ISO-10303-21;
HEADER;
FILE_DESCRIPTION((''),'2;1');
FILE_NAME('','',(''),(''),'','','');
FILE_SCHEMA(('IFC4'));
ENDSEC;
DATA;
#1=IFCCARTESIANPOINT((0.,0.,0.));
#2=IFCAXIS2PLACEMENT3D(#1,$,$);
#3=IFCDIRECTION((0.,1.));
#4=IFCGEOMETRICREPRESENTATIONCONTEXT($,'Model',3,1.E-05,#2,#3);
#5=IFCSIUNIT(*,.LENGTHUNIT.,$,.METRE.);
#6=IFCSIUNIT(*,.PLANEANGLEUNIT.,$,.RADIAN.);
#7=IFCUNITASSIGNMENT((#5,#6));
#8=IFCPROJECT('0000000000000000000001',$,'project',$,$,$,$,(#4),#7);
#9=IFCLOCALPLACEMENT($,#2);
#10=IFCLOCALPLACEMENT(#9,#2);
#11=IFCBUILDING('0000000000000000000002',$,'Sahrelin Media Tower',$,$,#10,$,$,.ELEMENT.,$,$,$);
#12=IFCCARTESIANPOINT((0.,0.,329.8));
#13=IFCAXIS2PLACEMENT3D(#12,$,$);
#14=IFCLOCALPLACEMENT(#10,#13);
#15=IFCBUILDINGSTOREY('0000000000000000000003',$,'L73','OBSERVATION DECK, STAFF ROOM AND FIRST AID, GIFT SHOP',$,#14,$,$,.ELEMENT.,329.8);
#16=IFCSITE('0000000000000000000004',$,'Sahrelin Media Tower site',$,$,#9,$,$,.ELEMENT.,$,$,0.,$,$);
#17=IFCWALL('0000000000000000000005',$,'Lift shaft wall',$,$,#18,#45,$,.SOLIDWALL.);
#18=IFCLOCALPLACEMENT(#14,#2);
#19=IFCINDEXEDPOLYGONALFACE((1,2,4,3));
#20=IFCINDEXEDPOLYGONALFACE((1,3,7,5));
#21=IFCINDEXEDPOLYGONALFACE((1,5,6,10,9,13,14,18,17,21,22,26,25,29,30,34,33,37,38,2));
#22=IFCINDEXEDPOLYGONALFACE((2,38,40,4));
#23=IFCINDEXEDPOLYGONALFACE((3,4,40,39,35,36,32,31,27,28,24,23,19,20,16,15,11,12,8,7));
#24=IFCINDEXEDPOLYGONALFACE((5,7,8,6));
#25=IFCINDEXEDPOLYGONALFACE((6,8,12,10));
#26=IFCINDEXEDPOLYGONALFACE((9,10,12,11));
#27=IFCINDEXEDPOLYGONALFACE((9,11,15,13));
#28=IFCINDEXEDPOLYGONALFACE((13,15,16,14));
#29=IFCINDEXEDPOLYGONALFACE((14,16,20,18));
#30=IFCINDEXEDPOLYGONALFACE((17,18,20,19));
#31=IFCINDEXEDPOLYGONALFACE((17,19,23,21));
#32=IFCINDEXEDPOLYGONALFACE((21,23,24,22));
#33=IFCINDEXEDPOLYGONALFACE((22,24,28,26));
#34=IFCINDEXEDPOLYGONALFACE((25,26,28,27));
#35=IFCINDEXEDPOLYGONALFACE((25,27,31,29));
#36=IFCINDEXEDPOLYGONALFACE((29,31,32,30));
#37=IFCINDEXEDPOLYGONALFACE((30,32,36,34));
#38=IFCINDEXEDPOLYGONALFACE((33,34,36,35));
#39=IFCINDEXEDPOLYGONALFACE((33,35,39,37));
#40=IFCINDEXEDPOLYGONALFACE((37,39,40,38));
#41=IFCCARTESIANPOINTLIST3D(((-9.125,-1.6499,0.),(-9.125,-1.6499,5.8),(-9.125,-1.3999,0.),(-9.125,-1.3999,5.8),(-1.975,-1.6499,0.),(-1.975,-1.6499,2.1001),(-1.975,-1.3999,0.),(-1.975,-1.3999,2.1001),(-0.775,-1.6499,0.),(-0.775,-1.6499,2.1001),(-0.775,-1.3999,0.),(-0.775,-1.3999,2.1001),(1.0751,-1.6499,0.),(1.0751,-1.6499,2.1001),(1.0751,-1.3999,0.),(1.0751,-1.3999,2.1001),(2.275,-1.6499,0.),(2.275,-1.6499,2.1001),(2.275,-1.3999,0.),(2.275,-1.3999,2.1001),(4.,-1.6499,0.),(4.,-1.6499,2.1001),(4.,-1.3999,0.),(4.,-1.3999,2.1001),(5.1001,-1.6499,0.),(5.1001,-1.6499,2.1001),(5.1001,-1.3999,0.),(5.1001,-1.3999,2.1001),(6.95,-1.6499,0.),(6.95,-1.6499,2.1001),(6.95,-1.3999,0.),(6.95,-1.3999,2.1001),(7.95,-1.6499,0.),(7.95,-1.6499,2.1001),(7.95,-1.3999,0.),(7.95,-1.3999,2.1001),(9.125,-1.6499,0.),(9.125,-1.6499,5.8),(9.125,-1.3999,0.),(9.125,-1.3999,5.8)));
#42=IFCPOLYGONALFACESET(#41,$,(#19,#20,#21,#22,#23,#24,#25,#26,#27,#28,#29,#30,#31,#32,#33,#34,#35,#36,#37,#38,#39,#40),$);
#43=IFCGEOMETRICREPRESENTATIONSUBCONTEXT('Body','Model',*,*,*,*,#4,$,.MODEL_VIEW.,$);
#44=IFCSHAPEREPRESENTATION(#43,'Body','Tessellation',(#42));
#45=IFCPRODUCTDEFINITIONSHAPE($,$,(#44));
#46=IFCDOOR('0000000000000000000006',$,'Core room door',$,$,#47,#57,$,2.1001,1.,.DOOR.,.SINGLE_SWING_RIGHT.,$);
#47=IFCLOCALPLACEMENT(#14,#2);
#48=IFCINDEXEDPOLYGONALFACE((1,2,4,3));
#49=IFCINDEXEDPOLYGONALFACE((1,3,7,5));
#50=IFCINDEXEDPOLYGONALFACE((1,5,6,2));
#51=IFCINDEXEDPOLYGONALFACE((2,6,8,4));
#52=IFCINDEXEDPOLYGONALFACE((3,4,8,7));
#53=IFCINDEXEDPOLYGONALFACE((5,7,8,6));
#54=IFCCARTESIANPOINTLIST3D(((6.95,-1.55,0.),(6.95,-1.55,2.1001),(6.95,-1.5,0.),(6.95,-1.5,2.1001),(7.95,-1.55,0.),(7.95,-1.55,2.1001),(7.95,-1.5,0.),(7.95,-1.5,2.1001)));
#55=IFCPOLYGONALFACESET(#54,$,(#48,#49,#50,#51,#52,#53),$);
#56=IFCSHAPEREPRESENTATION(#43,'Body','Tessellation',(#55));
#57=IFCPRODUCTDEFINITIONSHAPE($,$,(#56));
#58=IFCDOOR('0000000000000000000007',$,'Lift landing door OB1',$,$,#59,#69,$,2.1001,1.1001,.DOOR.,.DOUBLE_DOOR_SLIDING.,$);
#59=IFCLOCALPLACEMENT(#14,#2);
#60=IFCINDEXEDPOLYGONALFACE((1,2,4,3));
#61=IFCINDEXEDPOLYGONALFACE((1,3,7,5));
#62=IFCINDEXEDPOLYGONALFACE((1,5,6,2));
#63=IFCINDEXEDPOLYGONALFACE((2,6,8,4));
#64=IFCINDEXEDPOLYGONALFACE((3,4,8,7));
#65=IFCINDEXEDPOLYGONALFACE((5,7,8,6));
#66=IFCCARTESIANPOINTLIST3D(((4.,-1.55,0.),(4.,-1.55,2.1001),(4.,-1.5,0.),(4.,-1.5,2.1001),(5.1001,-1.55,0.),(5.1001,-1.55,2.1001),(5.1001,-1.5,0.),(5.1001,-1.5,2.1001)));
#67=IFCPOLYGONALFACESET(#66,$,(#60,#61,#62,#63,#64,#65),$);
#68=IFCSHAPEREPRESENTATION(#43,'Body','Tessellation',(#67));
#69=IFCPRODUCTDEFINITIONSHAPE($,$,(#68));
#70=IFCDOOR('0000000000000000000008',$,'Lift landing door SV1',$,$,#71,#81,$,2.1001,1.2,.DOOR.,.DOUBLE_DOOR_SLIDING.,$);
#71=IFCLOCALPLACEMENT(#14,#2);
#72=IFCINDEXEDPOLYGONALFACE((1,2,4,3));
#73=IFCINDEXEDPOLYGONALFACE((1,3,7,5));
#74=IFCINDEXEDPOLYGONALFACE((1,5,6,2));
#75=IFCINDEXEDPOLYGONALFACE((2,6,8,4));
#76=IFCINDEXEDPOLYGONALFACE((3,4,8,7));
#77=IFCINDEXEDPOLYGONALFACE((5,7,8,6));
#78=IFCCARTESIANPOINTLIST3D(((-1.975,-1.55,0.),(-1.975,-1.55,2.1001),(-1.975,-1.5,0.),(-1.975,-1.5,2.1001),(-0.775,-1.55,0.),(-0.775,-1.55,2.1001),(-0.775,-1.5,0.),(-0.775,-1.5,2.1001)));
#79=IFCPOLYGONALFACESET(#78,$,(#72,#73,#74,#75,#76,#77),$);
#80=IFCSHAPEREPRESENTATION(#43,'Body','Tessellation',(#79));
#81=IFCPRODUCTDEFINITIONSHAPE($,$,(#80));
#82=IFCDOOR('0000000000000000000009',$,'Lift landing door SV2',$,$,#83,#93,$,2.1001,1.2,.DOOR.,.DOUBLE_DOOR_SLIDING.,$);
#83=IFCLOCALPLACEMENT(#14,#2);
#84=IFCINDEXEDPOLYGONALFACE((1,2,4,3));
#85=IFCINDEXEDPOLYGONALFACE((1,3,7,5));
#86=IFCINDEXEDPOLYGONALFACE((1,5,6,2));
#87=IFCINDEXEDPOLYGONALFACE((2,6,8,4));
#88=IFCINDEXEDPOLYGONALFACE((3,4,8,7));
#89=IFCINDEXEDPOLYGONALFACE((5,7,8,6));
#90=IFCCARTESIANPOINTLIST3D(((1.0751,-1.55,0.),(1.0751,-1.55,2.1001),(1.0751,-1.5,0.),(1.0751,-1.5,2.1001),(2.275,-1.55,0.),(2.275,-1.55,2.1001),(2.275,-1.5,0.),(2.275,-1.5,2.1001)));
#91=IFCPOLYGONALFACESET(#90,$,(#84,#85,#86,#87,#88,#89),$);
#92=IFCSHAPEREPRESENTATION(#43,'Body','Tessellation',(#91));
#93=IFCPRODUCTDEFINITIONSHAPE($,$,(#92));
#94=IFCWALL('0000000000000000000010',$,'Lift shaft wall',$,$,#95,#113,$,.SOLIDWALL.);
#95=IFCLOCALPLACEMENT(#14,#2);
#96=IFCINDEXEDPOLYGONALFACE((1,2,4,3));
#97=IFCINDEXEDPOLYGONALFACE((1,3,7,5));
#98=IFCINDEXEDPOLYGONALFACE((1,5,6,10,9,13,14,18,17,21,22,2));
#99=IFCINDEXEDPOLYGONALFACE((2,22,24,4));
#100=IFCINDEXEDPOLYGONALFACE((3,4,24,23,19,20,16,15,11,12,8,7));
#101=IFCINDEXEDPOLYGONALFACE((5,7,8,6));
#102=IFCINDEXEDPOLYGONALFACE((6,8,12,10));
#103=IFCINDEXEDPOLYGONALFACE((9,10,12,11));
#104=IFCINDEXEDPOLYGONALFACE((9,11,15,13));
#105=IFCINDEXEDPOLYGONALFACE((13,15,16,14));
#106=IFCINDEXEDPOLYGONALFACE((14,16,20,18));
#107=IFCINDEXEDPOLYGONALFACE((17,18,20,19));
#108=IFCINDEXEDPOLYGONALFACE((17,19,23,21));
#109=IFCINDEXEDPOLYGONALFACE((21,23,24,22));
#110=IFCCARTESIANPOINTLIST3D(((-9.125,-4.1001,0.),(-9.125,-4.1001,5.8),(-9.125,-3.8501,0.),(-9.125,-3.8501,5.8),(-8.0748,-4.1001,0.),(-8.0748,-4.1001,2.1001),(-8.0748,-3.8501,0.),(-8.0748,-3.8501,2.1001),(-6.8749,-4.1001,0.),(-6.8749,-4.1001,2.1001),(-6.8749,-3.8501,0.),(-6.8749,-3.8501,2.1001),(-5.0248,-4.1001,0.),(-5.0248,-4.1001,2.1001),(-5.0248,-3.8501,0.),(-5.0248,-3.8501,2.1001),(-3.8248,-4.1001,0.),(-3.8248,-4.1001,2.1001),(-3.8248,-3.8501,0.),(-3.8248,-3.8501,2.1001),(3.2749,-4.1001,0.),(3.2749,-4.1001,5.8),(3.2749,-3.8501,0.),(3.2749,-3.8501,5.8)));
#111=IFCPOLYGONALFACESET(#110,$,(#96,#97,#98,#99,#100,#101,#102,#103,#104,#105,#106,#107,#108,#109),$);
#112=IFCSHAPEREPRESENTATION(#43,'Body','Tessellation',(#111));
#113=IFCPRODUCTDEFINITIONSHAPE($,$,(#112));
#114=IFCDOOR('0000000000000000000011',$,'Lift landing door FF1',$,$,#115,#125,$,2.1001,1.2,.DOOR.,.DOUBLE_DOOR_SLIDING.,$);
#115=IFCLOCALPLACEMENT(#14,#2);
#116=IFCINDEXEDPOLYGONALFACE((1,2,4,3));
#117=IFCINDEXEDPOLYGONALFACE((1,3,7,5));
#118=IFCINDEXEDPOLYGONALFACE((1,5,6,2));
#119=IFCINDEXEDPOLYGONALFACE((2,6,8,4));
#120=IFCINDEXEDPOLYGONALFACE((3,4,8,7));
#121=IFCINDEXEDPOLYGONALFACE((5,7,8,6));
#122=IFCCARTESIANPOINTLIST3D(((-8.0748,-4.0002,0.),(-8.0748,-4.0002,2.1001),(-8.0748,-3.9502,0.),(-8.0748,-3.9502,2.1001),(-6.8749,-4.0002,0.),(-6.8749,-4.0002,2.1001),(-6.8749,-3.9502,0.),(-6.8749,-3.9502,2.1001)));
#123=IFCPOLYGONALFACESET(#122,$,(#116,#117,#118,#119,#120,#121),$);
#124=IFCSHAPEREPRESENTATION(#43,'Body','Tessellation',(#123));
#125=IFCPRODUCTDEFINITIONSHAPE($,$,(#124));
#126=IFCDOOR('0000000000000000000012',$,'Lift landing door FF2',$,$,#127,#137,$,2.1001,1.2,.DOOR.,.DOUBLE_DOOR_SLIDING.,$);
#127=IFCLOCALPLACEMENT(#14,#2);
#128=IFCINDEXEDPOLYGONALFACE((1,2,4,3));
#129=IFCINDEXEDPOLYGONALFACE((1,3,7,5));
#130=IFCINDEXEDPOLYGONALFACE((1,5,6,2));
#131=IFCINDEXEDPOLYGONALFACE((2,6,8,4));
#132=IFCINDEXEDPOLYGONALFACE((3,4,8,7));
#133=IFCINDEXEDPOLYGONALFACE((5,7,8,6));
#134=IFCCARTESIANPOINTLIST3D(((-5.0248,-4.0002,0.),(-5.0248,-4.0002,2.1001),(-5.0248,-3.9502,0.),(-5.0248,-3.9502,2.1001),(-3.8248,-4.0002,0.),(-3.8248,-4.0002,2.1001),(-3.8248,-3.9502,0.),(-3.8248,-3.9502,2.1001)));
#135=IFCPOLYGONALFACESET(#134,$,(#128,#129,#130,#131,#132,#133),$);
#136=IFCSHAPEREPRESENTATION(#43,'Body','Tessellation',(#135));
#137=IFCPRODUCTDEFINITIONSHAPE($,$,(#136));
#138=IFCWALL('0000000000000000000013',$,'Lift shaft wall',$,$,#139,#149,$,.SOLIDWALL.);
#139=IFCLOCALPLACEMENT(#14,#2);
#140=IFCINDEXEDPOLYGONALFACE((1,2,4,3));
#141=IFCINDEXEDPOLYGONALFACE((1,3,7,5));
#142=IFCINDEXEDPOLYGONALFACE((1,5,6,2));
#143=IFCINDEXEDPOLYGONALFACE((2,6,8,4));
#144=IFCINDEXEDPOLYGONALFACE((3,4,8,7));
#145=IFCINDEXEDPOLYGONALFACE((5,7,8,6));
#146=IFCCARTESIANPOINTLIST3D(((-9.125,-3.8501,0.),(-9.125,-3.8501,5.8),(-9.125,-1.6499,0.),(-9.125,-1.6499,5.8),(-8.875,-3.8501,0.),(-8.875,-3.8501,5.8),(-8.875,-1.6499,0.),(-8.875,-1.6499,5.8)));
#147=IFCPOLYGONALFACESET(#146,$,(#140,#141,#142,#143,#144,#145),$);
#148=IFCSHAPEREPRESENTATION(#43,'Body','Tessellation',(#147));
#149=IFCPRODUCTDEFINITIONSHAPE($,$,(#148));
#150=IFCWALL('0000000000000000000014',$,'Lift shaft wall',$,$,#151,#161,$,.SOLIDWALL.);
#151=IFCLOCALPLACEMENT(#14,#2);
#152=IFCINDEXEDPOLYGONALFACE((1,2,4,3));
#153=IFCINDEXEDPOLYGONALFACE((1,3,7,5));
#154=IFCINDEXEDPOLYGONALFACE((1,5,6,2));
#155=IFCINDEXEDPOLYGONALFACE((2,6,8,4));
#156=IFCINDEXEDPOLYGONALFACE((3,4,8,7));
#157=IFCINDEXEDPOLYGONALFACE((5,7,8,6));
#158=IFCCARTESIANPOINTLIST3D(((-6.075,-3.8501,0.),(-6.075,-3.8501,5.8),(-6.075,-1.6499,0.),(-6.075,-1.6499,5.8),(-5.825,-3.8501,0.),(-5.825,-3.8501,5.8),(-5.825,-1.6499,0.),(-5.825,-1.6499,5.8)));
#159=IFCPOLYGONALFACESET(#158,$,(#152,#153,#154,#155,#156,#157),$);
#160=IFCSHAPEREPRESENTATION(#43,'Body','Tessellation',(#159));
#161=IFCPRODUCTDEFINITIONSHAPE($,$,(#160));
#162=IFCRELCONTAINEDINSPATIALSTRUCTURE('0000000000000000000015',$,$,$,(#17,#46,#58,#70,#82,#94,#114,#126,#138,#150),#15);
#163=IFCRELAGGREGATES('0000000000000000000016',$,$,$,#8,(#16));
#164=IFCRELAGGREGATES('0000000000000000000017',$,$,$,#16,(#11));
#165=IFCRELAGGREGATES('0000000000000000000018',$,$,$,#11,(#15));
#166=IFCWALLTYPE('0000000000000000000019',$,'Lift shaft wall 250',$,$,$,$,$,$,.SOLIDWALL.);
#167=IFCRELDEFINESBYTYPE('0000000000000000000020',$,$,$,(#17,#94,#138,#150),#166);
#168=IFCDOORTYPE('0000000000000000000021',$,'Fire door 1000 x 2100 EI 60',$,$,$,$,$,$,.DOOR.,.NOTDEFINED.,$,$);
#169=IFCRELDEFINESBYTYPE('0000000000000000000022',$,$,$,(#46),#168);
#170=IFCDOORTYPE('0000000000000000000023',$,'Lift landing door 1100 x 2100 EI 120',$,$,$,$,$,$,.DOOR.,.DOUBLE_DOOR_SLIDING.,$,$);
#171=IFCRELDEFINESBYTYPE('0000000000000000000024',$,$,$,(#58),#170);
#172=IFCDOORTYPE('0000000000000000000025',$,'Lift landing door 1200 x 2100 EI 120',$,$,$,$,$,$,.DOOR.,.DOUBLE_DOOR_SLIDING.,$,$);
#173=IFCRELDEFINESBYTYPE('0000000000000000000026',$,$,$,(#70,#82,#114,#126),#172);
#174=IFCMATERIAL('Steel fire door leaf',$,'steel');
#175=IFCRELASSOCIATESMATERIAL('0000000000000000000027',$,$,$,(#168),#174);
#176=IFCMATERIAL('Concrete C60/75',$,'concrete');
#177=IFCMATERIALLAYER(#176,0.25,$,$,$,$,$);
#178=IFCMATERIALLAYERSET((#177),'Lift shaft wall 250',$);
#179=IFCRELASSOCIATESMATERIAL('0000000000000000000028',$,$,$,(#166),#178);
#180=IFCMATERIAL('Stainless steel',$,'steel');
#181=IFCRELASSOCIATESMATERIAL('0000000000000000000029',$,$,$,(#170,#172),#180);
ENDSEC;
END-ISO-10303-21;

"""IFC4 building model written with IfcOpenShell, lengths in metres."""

from ifc_helpers import new_model, si_unit, direction, frame, frame_2d, origin, place, context, subcontext, project, spatial, rectangle, extrude, material, layer, layer_set, type_object, element, fill, save


model = new_model("IFC4")

# Units and contexts
model_context = context("Model", 3, precision=1e-05, world=origin(), true_north=direction((0.0, 1.0)))
body_context = subcontext(model_context, "Body", "Model", "MODEL_VIEW")
ifc_project = project(units=[si_unit("LENGTHUNIT", "METRE"), si_unit("PLANEANGLEUNIT", "RADIAN")], contexts=[model_context])

# Site, building, storey
site_placement = place(None, origin())
site = spatial("IfcSite", under=ifc_project, at=site_placement, Name="Sahrelin Media Tower site", CompositionType="ELEMENT", RefElevation=0.0)
building_placement = place(site_placement, origin())
building = spatial("IfcBuilding", under=site, at=building_placement, Name="Sahrelin Media Tower", CompositionType="ELEMENT")
storey_placement = place(building_placement, frame((0.0, 0.0, 329.8)))
storey = spatial("IfcBuildingStorey", under=building, at=storey_placement, Name="L73", Description="OBSERVATION DECK, STAFF ROOM AND FIRST AID, GIFT SHOP", CompositionType="ELEMENT", Elevation=329.8)

# Shared definitions
ifc_material_1 = material(Name="Concrete C60/75", Category="concrete")

# Shared definitions
ifc_material_2 = material(Name="Steel fire door leaf", Category="steel")
door_type_1 = type_object("IfcDoorType", Name="Fire door 1000 x 2100 EI 60", OperationType="NOTDEFINED", PredefinedType="DOOR", material=ifc_material_2)

# Walls, openings, doors
ifc_layer_1 = layer(ifc_material_1, 0.25)
ifc_layer_set_1 = layer_set([ifc_layer_1], Name="Lift shaft wall 250")
wall_type_1 = type_object("IfcWallType", Name="Lift shaft wall 250", PredefinedType="SOLIDWALL", material=ifc_layer_set_1)
wall_1_placement = place(storey_placement, frame((-9.125, -1.5249, 0.0), z_axis=(0.0, 0.0, 1.0), x_axis=(1.0, 0.0, 0.0)))
wall_1 = element("IfcWall", 1, at=wall_1_placement, inside=storey, type_object=wall_type_1, Name="Lift shaft wall", PredefinedType="SOLIDWALL", context=body_context, shape_type="SweptSolid", body=[
    extrude(rectangle(XDim=18.25, YDim=0.25, at=frame_2d((9.125, 0.0))), origin(), (0.0, 0.0, 1.0), 5.8),
])
opening_1_placement = place(wall_1_placement, frame((7.1499, 0.0, 0.0)))
opening_1 = element("IfcOpeningElement", 2, at=opening_1_placement, cuts=wall_1, PredefinedType="OPENING", context=body_context, shape_type="SweptSolid", body=[
    extrude(rectangle(XDim=1.2, YDim=2.1001, at=frame_2d((0.6001, 1.05))), frame((0.0, 0.125, 0.0), z_axis=(0.0, -1.0, 0.0), x_axis=(1.0, 0.0, 0.0)), (0.0, 0.0, 1.0), 0.25),
])
opening_2_placement = place(wall_1_placement, frame((10.2, 0.0, 0.0)))
opening_2 = element("IfcOpeningElement", 3, at=opening_2_placement, cuts=wall_1, PredefinedType="OPENING", context=body_context, shape_type="SweptSolid", body=[
    extrude(rectangle(XDim=1.2, YDim=2.1001, at=frame_2d((0.6001, 1.05))), frame((0.0, 0.125, 0.0), z_axis=(0.0, -1.0, 0.0), x_axis=(1.0, 0.0, 0.0)), (0.0, 0.0, 1.0), 0.25),
])
opening_3_placement = place(wall_1_placement, frame((13.125, 0.0, 0.0)))
opening_3 = element("IfcOpeningElement", 4, at=opening_3_placement, cuts=wall_1, PredefinedType="OPENING", context=body_context, shape_type="SweptSolid", body=[
    extrude(rectangle(XDim=1.1001, YDim=2.1001, at=frame_2d((0.55, 1.05))), frame((0.0, 0.125, 0.0), z_axis=(0.0, -1.0, 0.0), x_axis=(1.0, 0.0, 0.0)), (0.0, 0.0, 1.0), 0.25),
])
opening_4_placement = place(wall_1_placement, frame((16.075, 0.0, 0.0)))
opening_4 = element("IfcOpeningElement", 5, at=opening_4_placement, cuts=wall_1, PredefinedType="OPENING", context=body_context, shape_type="SweptSolid", body=[
    extrude(rectangle(XDim=1.0, YDim=2.1001, at=frame_2d((0.5, 1.05))), frame((0.0, 0.125, 0.0), z_axis=(0.0, -1.0, 0.0), x_axis=(1.0, 0.0, 0.0)), (0.0, 0.0, 1.0), 0.25),
])
door_1_placement = place(opening_4_placement, origin())
door_1 = element("IfcDoor", 6, at=door_1_placement, inside=storey, type_object=door_type_1, Name="Core room door", OperationType="SINGLE_SWING_RIGHT", OverallHeight=2.1001, OverallWidth=1.0, PredefinedType="DOOR", context=body_context, shape_type="SweptSolid", body=[
    extrude(rectangle(XDim=1.0, YDim=2.1001, at=frame_2d((0.5, 1.05))), frame((0.0, 0.0249, 0.0), z_axis=(0.0, -1.0, 0.0), x_axis=(1.0, 0.0, 0.0)), (0.0, 0.0, 1.0), 0.05),
])
fill(opening_4, door_1)
ifc_material_3 = material(Name="Stainless steel", Category="steel")
door_type_2 = type_object("IfcDoorType", Name="Lift landing door 1100 x 2100 EI 120", OperationType="DOUBLE_DOOR_SLIDING", PredefinedType="DOOR", material=ifc_material_3)
door_2_placement = place(opening_3_placement, origin())
door_2 = element("IfcDoor", 7, at=door_2_placement, inside=storey, type_object=door_type_2, Name="Lift landing door OB1", OperationType="DOUBLE_DOOR_SLIDING", OverallHeight=2.1001, OverallWidth=1.1001, PredefinedType="DOOR", context=body_context, shape_type="SweptSolid", body=[
    extrude(rectangle(XDim=1.1001, YDim=2.1001, at=frame_2d((0.55, 1.05))), frame((0.0, 0.0249, 0.0), z_axis=(0.0, -1.0, 0.0), x_axis=(1.0, 0.0, 0.0)), (0.0, 0.0, 1.0), 0.05),
])
fill(opening_3, door_2)
door_type_3 = type_object("IfcDoorType", Name="Lift landing door 1200 x 2100 EI 120", OperationType="DOUBLE_DOOR_SLIDING", PredefinedType="DOOR", material=ifc_material_3)
door_3_placement = place(opening_1_placement, origin())
door_3 = element("IfcDoor", 8, at=door_3_placement, inside=storey, type_object=door_type_3, Name="Lift landing door SV1", OperationType="DOUBLE_DOOR_SLIDING", OverallHeight=2.1001, OverallWidth=1.2, PredefinedType="DOOR", context=body_context, shape_type="SweptSolid", body=[
    extrude(rectangle(XDim=1.2, YDim=2.1001, at=frame_2d((0.6001, 1.05))), frame((0.0, 0.0249, 0.0), z_axis=(0.0, -1.0, 0.0), x_axis=(1.0, 0.0, 0.0)), (0.0, 0.0, 1.0), 0.05),
])
fill(opening_1, door_3)
door_4_placement = place(opening_2_placement, origin())
door_4 = element("IfcDoor", 9, at=door_4_placement, inside=storey, type_object=door_type_3, Name="Lift landing door SV2", OperationType="DOUBLE_DOOR_SLIDING", OverallHeight=2.1001, OverallWidth=1.2, PredefinedType="DOOR", context=body_context, shape_type="SweptSolid", body=[
    extrude(rectangle(XDim=1.2, YDim=2.1001, at=frame_2d((0.6001, 1.05))), frame((0.0, 0.0249, 0.0), z_axis=(0.0, -1.0, 0.0), x_axis=(1.0, 0.0, 0.0)), (0.0, 0.0, 1.0), 0.05),
])
fill(opening_2, door_4)
wall_2_placement = place(storey_placement, frame((-9.125, -3.9751, 0.0), z_axis=(0.0, 0.0, 1.0), x_axis=(1.0, 0.0, 0.0)))
wall_2 = element("IfcWall", 10, at=wall_2_placement, inside=storey, type_object=wall_type_1, Name="Lift shaft wall", PredefinedType="SOLIDWALL", context=body_context, shape_type="SweptSolid", body=[
    extrude(rectangle(XDim=12.3999, YDim=0.25, at=frame_2d((6.2, 0.0))), origin(), (0.0, 0.0, 1.0), 5.8),
])
opening_5_placement = place(wall_2_placement, frame((1.05, 0.0, 0.0)))
opening_5 = element("IfcOpeningElement", 11, at=opening_5_placement, cuts=wall_2, PredefinedType="OPENING", context=body_context, shape_type="SweptSolid", body=[
    extrude(rectangle(XDim=1.2, YDim=2.1001, at=frame_2d((0.6001, 1.05))), frame((0.0, 0.125, 0.0), z_axis=(0.0, -1.0, 0.0), x_axis=(1.0, 0.0, 0.0)), (0.0, 0.0, 1.0), 0.25),
])
opening_6_placement = place(wall_2_placement, frame((4.1001, 0.0, 0.0)))
opening_6 = element("IfcOpeningElement", 12, at=opening_6_placement, cuts=wall_2, PredefinedType="OPENING", context=body_context, shape_type="SweptSolid", body=[
    extrude(rectangle(XDim=1.2, YDim=2.1001, at=frame_2d((0.6001, 1.05))), frame((0.0, 0.125, 0.0), z_axis=(0.0, -1.0, 0.0), x_axis=(1.0, 0.0, 0.0)), (0.0, 0.0, 1.0), 0.25),
])
door_5_placement = place(opening_5_placement, origin())
door_5 = element("IfcDoor", 13, at=door_5_placement, inside=storey, type_object=door_type_3, Name="Lift landing door FF1", OperationType="DOUBLE_DOOR_SLIDING", OverallHeight=2.1001, OverallWidth=1.2, PredefinedType="DOOR", context=body_context, shape_type="SweptSolid", body=[
    extrude(rectangle(XDim=1.2, YDim=2.1001, at=frame_2d((0.6001, 1.05))), frame((0.0, 0.0249, 0.0), z_axis=(0.0, -1.0, 0.0), x_axis=(1.0, 0.0, 0.0)), (0.0, 0.0, 1.0), 0.05),
])
fill(opening_5, door_5)
door_6_placement = place(opening_6_placement, origin())
door_6 = element("IfcDoor", 14, at=door_6_placement, inside=storey, type_object=door_type_3, Name="Lift landing door FF2", OperationType="DOUBLE_DOOR_SLIDING", OverallHeight=2.1001, OverallWidth=1.2, PredefinedType="DOOR", context=body_context, shape_type="SweptSolid", body=[
    extrude(rectangle(XDim=1.2, YDim=2.1001, at=frame_2d((0.6001, 1.05))), frame((0.0, 0.0249, 0.0), z_axis=(0.0, -1.0, 0.0), x_axis=(1.0, 0.0, 0.0)), (0.0, 0.0, 1.0), 0.05),
])
fill(opening_6, door_6)

# Walls
for number, where, z_axis, x_axis, name in (
    (15, (-9.0, -3.8501, 0.0), (0.0, 0.0, 1.0), (0.0, 1.0, 0.0), "Lift shaft wall"),
    (16, (-5.95, -3.8501, 0.0), (0.0, 0.0, 1.0), (0.0, 1.0, 0.0), "Lift shaft wall"),
):
    element("IfcWall", number, at=place(storey_placement, frame(where, z_axis=z_axis, x_axis=x_axis)), inside=storey, type_object=wall_type_1, Name=name, PredefinedType="SOLIDWALL", context=body_context, shape_type="SweptSolid", body=[
        extrude(rectangle(XDim=2.2002, YDim=0.25, at=frame_2d((1.1001, 0.0))), origin(), (0.0, 0.0, 1.0), 5.8),
    ])

save(model, "model.ifc")
